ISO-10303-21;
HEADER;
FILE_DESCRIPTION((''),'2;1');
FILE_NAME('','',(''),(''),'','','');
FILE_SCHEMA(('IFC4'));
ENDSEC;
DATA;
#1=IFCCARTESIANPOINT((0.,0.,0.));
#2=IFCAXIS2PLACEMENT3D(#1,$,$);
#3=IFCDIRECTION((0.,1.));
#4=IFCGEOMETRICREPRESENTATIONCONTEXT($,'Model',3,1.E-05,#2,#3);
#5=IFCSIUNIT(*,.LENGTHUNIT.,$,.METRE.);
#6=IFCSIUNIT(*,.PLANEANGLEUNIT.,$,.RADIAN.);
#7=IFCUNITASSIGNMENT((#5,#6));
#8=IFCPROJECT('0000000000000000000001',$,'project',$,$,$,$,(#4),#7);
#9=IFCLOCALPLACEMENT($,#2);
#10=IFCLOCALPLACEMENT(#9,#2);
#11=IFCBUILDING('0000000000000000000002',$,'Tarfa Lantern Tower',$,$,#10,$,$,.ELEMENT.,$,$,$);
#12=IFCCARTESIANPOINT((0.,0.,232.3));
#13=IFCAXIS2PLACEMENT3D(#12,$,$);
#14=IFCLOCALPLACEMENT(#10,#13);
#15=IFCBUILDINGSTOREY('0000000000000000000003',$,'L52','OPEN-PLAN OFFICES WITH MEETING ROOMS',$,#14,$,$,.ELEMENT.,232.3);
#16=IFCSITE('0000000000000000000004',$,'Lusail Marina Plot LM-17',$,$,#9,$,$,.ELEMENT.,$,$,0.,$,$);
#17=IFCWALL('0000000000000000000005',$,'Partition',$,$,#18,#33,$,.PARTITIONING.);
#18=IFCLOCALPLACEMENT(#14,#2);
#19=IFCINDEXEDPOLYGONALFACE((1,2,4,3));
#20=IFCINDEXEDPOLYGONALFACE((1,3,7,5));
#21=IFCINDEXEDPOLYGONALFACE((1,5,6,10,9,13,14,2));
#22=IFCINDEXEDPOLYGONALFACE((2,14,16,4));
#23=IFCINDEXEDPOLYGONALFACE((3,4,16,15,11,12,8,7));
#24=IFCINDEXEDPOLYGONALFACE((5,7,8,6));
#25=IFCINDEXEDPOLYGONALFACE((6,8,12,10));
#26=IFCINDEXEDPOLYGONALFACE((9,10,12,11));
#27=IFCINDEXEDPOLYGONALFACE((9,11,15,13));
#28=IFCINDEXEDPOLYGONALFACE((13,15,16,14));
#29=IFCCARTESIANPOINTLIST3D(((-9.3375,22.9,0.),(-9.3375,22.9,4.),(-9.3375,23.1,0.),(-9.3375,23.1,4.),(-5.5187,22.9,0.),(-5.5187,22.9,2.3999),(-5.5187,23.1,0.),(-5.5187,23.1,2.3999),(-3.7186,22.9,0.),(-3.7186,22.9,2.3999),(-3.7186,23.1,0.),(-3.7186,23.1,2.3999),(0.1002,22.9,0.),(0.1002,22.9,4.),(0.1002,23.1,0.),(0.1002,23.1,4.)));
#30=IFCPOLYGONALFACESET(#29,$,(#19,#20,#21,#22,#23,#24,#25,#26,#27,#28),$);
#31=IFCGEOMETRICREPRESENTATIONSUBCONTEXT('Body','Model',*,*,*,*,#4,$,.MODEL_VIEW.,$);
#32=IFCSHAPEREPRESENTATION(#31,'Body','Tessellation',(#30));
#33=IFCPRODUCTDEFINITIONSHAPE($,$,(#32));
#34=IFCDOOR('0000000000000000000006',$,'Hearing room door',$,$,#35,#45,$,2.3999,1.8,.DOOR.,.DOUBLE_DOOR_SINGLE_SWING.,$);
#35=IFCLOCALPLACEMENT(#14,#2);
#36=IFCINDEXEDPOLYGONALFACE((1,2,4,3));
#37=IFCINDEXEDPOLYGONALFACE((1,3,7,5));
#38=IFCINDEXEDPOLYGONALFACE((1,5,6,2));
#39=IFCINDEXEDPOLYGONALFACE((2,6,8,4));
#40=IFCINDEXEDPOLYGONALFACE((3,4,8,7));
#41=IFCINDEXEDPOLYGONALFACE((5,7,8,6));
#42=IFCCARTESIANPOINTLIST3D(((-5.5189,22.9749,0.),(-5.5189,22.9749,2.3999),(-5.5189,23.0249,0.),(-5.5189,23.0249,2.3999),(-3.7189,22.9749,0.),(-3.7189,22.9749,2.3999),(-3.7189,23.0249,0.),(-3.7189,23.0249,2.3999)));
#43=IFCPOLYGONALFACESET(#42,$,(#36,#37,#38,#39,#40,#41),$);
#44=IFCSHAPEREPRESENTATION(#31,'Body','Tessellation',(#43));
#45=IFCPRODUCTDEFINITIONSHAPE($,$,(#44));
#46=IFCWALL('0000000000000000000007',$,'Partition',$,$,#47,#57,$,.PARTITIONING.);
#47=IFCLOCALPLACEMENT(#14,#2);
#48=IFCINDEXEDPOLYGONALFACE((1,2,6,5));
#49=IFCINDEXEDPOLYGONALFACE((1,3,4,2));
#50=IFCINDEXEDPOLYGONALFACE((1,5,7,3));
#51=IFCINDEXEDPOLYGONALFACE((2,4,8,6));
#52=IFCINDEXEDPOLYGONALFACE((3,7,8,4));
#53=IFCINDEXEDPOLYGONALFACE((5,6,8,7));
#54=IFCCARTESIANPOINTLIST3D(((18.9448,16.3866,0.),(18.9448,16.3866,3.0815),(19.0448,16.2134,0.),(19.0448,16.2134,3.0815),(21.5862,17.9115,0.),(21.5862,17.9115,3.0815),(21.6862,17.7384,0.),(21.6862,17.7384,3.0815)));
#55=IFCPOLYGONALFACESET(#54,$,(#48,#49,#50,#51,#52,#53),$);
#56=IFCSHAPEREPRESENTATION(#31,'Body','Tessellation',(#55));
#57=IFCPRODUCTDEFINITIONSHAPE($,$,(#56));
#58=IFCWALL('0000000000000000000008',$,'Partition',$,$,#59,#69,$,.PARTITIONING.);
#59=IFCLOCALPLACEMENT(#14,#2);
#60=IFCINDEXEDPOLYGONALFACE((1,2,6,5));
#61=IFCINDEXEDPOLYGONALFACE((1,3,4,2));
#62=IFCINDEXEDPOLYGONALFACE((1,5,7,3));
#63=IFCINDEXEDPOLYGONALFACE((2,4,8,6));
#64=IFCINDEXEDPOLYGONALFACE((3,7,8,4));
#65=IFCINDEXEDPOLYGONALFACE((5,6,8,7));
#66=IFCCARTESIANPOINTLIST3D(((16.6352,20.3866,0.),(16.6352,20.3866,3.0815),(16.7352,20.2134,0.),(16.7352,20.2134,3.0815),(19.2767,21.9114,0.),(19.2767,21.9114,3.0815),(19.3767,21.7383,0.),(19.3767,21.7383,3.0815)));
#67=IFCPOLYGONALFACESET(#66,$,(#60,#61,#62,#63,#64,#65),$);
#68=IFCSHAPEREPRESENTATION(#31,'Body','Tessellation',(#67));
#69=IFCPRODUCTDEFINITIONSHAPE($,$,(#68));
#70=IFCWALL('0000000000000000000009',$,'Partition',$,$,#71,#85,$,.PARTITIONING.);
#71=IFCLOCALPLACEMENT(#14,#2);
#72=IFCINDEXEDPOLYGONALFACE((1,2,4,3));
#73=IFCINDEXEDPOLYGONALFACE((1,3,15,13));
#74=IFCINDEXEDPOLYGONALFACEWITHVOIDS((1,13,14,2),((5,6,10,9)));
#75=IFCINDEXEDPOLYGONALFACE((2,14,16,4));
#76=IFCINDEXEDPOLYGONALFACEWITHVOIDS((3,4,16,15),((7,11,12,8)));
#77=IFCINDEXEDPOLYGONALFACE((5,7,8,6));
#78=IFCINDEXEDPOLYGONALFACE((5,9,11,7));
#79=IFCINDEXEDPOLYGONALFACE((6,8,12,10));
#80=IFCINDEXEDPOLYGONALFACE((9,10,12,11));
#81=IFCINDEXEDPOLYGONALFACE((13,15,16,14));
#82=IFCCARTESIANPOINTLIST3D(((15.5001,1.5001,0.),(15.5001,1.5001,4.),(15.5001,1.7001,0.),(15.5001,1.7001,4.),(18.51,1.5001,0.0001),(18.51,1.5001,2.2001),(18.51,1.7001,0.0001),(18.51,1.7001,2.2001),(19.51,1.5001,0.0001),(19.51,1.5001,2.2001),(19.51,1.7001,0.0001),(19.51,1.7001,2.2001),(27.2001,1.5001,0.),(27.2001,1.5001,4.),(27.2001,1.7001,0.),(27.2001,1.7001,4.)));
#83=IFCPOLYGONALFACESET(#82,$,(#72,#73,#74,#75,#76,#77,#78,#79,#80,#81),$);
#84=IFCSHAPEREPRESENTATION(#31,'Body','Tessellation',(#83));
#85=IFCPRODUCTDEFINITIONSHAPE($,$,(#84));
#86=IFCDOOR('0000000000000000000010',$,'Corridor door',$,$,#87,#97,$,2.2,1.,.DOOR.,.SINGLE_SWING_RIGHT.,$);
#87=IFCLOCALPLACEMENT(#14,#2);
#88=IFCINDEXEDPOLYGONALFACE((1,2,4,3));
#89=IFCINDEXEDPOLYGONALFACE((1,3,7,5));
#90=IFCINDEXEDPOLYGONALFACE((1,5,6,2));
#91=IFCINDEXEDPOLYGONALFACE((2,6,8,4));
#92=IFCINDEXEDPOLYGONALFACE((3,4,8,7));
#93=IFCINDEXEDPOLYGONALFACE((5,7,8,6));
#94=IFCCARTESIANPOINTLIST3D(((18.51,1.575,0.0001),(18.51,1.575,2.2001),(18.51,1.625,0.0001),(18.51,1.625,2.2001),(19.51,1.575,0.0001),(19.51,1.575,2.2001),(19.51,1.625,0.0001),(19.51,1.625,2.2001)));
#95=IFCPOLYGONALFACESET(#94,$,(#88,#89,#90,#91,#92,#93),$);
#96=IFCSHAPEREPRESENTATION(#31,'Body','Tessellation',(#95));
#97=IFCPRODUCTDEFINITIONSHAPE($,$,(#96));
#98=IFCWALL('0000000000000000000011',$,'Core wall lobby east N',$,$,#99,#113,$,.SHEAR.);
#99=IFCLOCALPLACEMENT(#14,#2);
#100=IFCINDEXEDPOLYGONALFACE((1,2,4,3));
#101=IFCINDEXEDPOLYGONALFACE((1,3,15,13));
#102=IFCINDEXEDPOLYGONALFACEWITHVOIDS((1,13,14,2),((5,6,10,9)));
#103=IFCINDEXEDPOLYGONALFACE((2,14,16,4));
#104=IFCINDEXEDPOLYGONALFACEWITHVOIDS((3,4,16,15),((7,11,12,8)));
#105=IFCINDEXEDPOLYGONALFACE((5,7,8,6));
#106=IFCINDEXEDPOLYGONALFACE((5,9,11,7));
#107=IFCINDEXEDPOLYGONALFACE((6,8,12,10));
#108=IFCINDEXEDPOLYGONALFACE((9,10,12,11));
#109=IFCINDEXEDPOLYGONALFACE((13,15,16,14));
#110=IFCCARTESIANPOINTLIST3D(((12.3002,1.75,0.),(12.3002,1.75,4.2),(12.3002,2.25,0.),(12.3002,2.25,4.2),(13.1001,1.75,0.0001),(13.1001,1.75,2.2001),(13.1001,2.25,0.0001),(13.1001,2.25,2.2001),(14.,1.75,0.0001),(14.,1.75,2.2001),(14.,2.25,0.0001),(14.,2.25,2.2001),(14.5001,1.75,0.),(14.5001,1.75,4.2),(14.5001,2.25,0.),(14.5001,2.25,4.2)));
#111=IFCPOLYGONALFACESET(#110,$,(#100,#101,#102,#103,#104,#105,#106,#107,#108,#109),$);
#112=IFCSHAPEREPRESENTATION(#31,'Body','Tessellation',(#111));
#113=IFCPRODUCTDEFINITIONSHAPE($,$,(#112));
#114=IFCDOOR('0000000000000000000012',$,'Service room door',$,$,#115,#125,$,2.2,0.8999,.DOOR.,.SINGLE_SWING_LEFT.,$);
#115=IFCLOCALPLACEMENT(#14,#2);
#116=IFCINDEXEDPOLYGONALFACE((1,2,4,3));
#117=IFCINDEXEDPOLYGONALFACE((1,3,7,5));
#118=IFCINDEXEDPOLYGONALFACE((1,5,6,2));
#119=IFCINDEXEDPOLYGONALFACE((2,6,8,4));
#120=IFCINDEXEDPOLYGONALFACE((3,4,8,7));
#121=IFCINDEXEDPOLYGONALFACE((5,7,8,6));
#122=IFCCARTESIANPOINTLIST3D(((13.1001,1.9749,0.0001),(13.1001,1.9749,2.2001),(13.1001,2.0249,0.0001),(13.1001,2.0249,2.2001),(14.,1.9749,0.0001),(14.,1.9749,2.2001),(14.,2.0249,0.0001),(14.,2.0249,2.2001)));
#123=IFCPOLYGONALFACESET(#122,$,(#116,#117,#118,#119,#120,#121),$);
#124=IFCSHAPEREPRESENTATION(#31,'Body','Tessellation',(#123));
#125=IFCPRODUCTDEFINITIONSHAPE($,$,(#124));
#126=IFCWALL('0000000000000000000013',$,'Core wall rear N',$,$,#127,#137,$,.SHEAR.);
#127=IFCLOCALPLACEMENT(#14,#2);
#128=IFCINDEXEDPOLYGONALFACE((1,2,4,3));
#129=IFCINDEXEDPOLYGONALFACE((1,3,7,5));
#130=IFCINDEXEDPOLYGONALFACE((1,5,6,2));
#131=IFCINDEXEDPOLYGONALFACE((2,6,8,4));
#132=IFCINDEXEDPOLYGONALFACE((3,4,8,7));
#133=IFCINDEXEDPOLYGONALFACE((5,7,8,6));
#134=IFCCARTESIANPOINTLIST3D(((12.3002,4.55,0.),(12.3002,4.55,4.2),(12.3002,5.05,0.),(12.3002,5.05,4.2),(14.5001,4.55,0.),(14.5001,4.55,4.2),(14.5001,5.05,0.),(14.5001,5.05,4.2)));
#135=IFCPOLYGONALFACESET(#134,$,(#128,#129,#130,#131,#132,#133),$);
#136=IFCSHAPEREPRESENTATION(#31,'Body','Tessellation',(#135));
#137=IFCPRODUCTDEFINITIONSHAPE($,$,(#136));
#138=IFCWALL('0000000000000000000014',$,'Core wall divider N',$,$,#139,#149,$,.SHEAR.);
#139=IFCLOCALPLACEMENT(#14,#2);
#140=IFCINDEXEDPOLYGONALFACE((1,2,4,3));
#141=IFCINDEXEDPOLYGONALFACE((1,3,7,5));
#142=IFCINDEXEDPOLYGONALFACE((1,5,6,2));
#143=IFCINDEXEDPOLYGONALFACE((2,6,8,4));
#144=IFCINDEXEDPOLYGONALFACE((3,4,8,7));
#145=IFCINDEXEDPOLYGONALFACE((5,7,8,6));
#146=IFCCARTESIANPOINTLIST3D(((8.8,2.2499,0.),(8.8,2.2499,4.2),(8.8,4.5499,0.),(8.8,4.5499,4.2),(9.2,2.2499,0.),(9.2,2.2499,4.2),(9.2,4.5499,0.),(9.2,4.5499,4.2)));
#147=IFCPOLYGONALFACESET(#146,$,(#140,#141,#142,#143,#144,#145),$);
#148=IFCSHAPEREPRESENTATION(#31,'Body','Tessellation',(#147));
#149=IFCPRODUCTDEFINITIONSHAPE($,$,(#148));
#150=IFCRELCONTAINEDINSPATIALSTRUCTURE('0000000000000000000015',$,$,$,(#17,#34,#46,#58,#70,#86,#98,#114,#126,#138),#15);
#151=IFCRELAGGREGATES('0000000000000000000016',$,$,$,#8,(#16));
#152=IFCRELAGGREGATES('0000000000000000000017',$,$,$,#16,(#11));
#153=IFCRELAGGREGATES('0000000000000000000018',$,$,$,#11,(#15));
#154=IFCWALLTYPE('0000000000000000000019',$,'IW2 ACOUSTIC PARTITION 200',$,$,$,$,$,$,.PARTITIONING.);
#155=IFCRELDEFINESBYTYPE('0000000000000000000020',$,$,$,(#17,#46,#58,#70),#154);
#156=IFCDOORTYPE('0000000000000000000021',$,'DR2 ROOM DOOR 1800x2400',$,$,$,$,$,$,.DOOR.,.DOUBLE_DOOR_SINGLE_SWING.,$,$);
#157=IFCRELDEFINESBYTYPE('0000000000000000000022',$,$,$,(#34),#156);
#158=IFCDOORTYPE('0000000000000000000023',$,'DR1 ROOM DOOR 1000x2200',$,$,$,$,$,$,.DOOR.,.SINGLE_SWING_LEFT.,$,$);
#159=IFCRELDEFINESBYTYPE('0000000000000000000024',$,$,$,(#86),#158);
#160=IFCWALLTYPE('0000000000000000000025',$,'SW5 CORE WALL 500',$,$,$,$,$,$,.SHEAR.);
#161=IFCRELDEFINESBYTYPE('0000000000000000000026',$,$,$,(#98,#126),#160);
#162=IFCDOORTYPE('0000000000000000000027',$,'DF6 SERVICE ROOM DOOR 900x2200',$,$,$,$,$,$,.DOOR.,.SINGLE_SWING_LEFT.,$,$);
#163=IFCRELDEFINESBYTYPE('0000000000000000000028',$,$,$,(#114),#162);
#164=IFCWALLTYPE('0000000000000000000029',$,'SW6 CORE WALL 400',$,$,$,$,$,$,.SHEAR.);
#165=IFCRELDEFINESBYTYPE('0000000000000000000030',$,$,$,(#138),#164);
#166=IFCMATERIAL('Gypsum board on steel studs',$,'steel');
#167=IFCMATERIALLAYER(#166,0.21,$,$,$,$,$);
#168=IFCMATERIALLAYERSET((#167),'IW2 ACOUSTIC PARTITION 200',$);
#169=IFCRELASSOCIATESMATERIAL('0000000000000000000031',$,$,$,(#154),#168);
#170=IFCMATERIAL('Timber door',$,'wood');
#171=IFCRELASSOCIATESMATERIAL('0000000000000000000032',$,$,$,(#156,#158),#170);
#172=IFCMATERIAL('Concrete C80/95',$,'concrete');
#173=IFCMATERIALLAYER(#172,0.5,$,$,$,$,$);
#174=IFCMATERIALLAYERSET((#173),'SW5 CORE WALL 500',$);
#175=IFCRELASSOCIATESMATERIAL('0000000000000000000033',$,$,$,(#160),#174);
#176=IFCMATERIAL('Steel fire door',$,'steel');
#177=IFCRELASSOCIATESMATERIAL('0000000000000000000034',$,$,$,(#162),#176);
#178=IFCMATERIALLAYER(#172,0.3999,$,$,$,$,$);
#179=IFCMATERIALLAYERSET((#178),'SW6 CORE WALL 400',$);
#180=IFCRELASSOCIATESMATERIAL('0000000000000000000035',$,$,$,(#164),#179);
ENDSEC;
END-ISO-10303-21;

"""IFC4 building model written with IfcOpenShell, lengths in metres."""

from ifc_helpers import new_model, si_unit, direction, frame, frame_2d, origin, place, context, subcontext, project, spatial, rectangle, extrude, material, layer, layer_set, type_object, element, fill, save


model = new_model("IFC4")

# Units and contexts
model_context = context("Model", 3, precision=1e-05, world=origin(), true_north=direction((0.0, 1.0)))
body_context = subcontext(model_context, "Body", "Model", "MODEL_VIEW")
ifc_project = project(units=[si_unit("LENGTHUNIT", "METRE"), si_unit("PLANEANGLEUNIT", "RADIAN")], contexts=[model_context])

# Site, building, storey
site_placement = place(None, origin())
site = spatial("IfcSite", under=ifc_project, at=site_placement, Name="Lusail Marina Plot LM-17", CompositionType="ELEMENT", RefElevation=0.0)
building_placement = place(site_placement, origin())
building = spatial("IfcBuilding", under=site, at=building_placement, Name="Tarfa Lantern Tower", CompositionType="ELEMENT")
storey_placement = place(building_placement, frame((0.0, 0.0, 232.3)))
storey = spatial("IfcBuildingStorey", under=building, at=storey_placement, Name="L52", Description="OPEN-PLAN OFFICES WITH MEETING ROOMS", CompositionType="ELEMENT", Elevation=232.3)

# Shared definitions
ifc_material_1 = material(Name="Concrete C80/95", Category="concrete")

# Shared definitions
ifc_material_2 = material(Name="Gypsum board on steel studs", Category="steel")
ifc_layer_1 = layer(ifc_material_2, 0.21)
ifc_layer_set_1 = layer_set([ifc_layer_1], Name="IW2 ACOUSTIC PARTITION 200")
wall_type_1 = type_object("IfcWallType", Name="IW2 ACOUSTIC PARTITION 200", PredefinedType="PARTITIONING", material=ifc_layer_set_1)

# Wall, opening, door
wall_1_placement = place(storey_placement, frame((0.1001, 23.0, 0.0), z_axis=(0.0, 0.0, 1.0), x_axis=(-1.0, 0.0, 0.0)))
wall_1 = element("IfcWall", 1, at=wall_1_placement, inside=storey, type_object=wall_type_1, Name="Partition", PredefinedType="PARTITIONING", context=body_context, shape_type="SweptSolid", body=[
    extrude(rectangle(XDim=9.4377, YDim=0.2, at=frame_2d((4.7188, 0.0))), origin(), (0.0, 0.0, 1.0), 4.0),
])
opening_1_placement = place(wall_1_placement, frame((3.8188, 0.0, 0.0)))
opening_1 = element("IfcOpeningElement", 2, at=opening_1_placement, cuts=wall_1, PredefinedType="OPENING", context=body_context, shape_type="SweptSolid", body=[
    extrude(rectangle(XDim=1.8, YDim=2.3999, at=frame_2d((0.8999, 1.2))), frame((0.0, 0.1099, 0.0), z_axis=(0.0, -1.0, 0.0), x_axis=(1.0, 0.0, 0.0)), (0.0, 0.0, 1.0), 0.22),
])
ifc_material_3 = material(Name="Timber door", Category="wood")
door_type_1 = type_object("IfcDoorType", Name="DR2 ROOM DOOR 1800x2400", OperationType="DOUBLE_DOOR_SINGLE_SWING", PredefinedType="DOOR", material=ifc_material_3)
door_1_placement = place(opening_1_placement, frame((1.8, 0.0, 0.0), z_axis=(0.0, 0.0, 1.0), x_axis=(-1.0, 0.0, 0.0)))
door_1 = element("IfcDoor", 3, at=door_1_placement, inside=storey, type_object=door_type_1, Name="Hearing room door", OperationType="DOUBLE_DOOR_SINGLE_SWING", OverallHeight=2.3999, OverallWidth=1.8, PredefinedType="DOOR", context=body_context, shape_type="SweptSolid", body=[
    extrude(rectangle(XDim=1.8, YDim=2.3999, at=frame_2d((0.8999, 1.2))), frame((0.0, 0.0249, 0.0), z_axis=(0.0, -1.0, 0.0), x_axis=(1.0, 0.0, 0.0)), (0.0, 0.0, 1.0), 0.05),
])
fill(opening_1, door_1)

# Walls
for number, where, z_axis, x_axis, name in (
    (4, (18.9949, 16.3, 0.0), (0.0, 0.0, 1.0), (0.866038, 0.499979, 0.0), "Partition"),
    (5, (16.6853, 20.3, 0.0), (0.0, 0.0, 1.0), (0.866058, 0.499944, 0.0), "Partition"),
):
    element("IfcWall", number, at=place(storey_placement, frame(where, z_axis=z_axis, x_axis=x_axis)), inside=storey, type_object=wall_type_1, Name=name, PredefinedType="PARTITIONING", context=body_context, shape_type="SweptSolid", body=[
        extrude(rectangle(XDim=3.05, YDim=0.2, at=frame_2d((1.5249, 0.0))), origin(), (0.0, 0.0, 1.0), 3.0815),
    ])

# Walls, openings, doors
wall_2_placement = place(storey_placement, frame((15.5, 1.6001, 0.0), z_axis=(0.0, 0.0, 1.0), x_axis=(1.0, 0.0, 0.0)))
wall_2 = element("IfcWall", 6, at=wall_2_placement, inside=storey, type_object=wall_type_1, Name="Partition", PredefinedType="PARTITIONING", context=body_context, shape_type="SweptSolid", body=[
    extrude(rectangle(XDim=11.7, YDim=0.2, at=frame_2d((5.8501, 0.0))), origin(), (0.0, 0.0, 1.0), 4.0),
])
opening_2_placement = place(wall_2_placement, frame((3.01, 0.0, 0.0)))
opening_2 = element("IfcOpeningElement", 7, at=opening_2_placement, cuts=wall_2, PredefinedType="OPENING", context=body_context, shape_type="SweptSolid", body=[
    extrude(rectangle(XDim=1.0, YDim=2.2, at=frame_2d((0.5, 1.1001))), frame((0.0, 0.1099, 0.0), z_axis=(0.0, -1.0, 0.0), x_axis=(1.0, 0.0, 0.0)), (0.0, 0.0, 1.0), 0.22),
])
door_type_2 = type_object("IfcDoorType", Name="DR1 ROOM DOOR 1000x2200", OperationType="SINGLE_SWING_LEFT", PredefinedType="DOOR", material=ifc_material_3)
door_2_placement = place(opening_2_placement, origin())
door_2 = element("IfcDoor", 8, at=door_2_placement, inside=storey, type_object=door_type_2, Name="Corridor door", OperationType="SINGLE_SWING_RIGHT", OverallHeight=2.2, OverallWidth=1.0, PredefinedType="DOOR", context=body_context, shape_type="SweptSolid", body=[
    extrude(rectangle(XDim=1.0, YDim=2.2, at=frame_2d((0.5, 1.1001))), frame((0.0, 0.0249, 0.0), z_axis=(0.0, -1.0, 0.0), x_axis=(1.0, 0.0, 0.0)), (0.0, 0.0, 1.0), 0.05),
])
fill(opening_2, door_2)
ifc_layer_2 = layer(ifc_material_1, 0.5)
ifc_layer_set_2 = layer_set([ifc_layer_2], Name="SW5 CORE WALL 500")
wall_type_2 = type_object("IfcWallType", Name="SW5 CORE WALL 500", PredefinedType="SHEAR", material=ifc_layer_set_2)
wall_3_placement = place(storey_placement, frame((12.3, 2.0, 0.0), z_axis=(0.0, 0.0, 1.0), x_axis=(1.0, 0.0, 0.0)))
wall_3 = element("IfcWall", 9, at=wall_3_placement, inside=storey, type_object=wall_type_2, Name="Core wall lobby east N", PredefinedType="SHEAR", context=body_context, shape_type="SweptSolid", body=[
    extrude(rectangle(XDim=2.2, YDim=0.5, at=frame_2d((1.1001, 0.0))), origin(), (0.0, 0.0, 1.0), 4.2),
])
opening_3_placement = place(wall_3_placement, frame((0.8, 0.0, 0.0)))
opening_3 = element("IfcOpeningElement", 10, at=opening_3_placement, cuts=wall_3, PredefinedType="OPENING", context=body_context, shape_type="SweptSolid", body=[
    extrude(rectangle(XDim=0.8999, YDim=2.2, at=frame_2d((0.45, 1.1001))), frame((0.0, 0.26, 0.0), z_axis=(0.0, -1.0, 0.0), x_axis=(1.0, 0.0, 0.0)), (0.0, 0.0, 1.0), 0.52),
])
ifc_material_4 = material(Name="Steel fire door", Category="steel")
door_type_3 = type_object("IfcDoorType", Name="DF6 SERVICE ROOM DOOR 900x2200", OperationType="SINGLE_SWING_LEFT", PredefinedType="DOOR", material=ifc_material_4)
door_3_placement = place(opening_3_placement, origin())
door_3 = element("IfcDoor", 11, at=door_3_placement, inside=storey, type_object=door_type_3, Name="Service room door", OperationType="SINGLE_SWING_LEFT", OverallHeight=2.2, OverallWidth=0.8999, PredefinedType="DOOR", context=body_context, shape_type="SweptSolid", body=[
    extrude(rectangle(XDim=0.8999, YDim=2.2, at=frame_2d((0.45, 1.1001))), frame((0.0, 0.0249, 0.0), z_axis=(0.0, -1.0, 0.0), x_axis=(1.0, 0.0, 0.0)), (0.0, 0.0, 1.0), 0.05),
])
fill(opening_3, door_3)

# Walls
wall_4_placement = place(storey_placement, frame((12.3, 4.8, 0.0), z_axis=(0.0, 0.0, 1.0), x_axis=(1.0, 0.0, 0.0)))
element("IfcWall", 12, at=wall_4_placement, inside=storey, type_object=wall_type_2, Name="Core wall rear N", PredefinedType="SHEAR", context=body_context, shape_type="SweptSolid", body=[
    extrude(rectangle(XDim=2.2, YDim=0.5, at=frame_2d((1.1001, 0.0))), origin(), (0.0, 0.0, 1.0), 4.2),
])
ifc_layer_3 = layer(ifc_material_1, 0.3999)
ifc_layer_set_3 = layer_set([ifc_layer_3], Name="SW6 CORE WALL 400")
wall_type_3 = type_object("IfcWallType", Name="SW6 CORE WALL 400", PredefinedType="SHEAR", material=ifc_layer_set_3)
wall_5_placement = place(storey_placement, frame((9.0, 2.25, 0.0), z_axis=(0.0, 0.0, 1.0), x_axis=(0.0, 1.0, 0.0)))
element("IfcWall", 13, at=wall_5_placement, inside=storey, type_object=wall_type_3, Name="Core wall divider N", PredefinedType="SHEAR", context=body_context, shape_type="SweptSolid", body=[
    extrude(rectangle(XDim=2.3, YDim=0.3999, at=frame_2d((1.1499, 0.0))), origin(), (0.0, 0.0, 1.0), 4.2),
])

save(model, "model.ifc")
